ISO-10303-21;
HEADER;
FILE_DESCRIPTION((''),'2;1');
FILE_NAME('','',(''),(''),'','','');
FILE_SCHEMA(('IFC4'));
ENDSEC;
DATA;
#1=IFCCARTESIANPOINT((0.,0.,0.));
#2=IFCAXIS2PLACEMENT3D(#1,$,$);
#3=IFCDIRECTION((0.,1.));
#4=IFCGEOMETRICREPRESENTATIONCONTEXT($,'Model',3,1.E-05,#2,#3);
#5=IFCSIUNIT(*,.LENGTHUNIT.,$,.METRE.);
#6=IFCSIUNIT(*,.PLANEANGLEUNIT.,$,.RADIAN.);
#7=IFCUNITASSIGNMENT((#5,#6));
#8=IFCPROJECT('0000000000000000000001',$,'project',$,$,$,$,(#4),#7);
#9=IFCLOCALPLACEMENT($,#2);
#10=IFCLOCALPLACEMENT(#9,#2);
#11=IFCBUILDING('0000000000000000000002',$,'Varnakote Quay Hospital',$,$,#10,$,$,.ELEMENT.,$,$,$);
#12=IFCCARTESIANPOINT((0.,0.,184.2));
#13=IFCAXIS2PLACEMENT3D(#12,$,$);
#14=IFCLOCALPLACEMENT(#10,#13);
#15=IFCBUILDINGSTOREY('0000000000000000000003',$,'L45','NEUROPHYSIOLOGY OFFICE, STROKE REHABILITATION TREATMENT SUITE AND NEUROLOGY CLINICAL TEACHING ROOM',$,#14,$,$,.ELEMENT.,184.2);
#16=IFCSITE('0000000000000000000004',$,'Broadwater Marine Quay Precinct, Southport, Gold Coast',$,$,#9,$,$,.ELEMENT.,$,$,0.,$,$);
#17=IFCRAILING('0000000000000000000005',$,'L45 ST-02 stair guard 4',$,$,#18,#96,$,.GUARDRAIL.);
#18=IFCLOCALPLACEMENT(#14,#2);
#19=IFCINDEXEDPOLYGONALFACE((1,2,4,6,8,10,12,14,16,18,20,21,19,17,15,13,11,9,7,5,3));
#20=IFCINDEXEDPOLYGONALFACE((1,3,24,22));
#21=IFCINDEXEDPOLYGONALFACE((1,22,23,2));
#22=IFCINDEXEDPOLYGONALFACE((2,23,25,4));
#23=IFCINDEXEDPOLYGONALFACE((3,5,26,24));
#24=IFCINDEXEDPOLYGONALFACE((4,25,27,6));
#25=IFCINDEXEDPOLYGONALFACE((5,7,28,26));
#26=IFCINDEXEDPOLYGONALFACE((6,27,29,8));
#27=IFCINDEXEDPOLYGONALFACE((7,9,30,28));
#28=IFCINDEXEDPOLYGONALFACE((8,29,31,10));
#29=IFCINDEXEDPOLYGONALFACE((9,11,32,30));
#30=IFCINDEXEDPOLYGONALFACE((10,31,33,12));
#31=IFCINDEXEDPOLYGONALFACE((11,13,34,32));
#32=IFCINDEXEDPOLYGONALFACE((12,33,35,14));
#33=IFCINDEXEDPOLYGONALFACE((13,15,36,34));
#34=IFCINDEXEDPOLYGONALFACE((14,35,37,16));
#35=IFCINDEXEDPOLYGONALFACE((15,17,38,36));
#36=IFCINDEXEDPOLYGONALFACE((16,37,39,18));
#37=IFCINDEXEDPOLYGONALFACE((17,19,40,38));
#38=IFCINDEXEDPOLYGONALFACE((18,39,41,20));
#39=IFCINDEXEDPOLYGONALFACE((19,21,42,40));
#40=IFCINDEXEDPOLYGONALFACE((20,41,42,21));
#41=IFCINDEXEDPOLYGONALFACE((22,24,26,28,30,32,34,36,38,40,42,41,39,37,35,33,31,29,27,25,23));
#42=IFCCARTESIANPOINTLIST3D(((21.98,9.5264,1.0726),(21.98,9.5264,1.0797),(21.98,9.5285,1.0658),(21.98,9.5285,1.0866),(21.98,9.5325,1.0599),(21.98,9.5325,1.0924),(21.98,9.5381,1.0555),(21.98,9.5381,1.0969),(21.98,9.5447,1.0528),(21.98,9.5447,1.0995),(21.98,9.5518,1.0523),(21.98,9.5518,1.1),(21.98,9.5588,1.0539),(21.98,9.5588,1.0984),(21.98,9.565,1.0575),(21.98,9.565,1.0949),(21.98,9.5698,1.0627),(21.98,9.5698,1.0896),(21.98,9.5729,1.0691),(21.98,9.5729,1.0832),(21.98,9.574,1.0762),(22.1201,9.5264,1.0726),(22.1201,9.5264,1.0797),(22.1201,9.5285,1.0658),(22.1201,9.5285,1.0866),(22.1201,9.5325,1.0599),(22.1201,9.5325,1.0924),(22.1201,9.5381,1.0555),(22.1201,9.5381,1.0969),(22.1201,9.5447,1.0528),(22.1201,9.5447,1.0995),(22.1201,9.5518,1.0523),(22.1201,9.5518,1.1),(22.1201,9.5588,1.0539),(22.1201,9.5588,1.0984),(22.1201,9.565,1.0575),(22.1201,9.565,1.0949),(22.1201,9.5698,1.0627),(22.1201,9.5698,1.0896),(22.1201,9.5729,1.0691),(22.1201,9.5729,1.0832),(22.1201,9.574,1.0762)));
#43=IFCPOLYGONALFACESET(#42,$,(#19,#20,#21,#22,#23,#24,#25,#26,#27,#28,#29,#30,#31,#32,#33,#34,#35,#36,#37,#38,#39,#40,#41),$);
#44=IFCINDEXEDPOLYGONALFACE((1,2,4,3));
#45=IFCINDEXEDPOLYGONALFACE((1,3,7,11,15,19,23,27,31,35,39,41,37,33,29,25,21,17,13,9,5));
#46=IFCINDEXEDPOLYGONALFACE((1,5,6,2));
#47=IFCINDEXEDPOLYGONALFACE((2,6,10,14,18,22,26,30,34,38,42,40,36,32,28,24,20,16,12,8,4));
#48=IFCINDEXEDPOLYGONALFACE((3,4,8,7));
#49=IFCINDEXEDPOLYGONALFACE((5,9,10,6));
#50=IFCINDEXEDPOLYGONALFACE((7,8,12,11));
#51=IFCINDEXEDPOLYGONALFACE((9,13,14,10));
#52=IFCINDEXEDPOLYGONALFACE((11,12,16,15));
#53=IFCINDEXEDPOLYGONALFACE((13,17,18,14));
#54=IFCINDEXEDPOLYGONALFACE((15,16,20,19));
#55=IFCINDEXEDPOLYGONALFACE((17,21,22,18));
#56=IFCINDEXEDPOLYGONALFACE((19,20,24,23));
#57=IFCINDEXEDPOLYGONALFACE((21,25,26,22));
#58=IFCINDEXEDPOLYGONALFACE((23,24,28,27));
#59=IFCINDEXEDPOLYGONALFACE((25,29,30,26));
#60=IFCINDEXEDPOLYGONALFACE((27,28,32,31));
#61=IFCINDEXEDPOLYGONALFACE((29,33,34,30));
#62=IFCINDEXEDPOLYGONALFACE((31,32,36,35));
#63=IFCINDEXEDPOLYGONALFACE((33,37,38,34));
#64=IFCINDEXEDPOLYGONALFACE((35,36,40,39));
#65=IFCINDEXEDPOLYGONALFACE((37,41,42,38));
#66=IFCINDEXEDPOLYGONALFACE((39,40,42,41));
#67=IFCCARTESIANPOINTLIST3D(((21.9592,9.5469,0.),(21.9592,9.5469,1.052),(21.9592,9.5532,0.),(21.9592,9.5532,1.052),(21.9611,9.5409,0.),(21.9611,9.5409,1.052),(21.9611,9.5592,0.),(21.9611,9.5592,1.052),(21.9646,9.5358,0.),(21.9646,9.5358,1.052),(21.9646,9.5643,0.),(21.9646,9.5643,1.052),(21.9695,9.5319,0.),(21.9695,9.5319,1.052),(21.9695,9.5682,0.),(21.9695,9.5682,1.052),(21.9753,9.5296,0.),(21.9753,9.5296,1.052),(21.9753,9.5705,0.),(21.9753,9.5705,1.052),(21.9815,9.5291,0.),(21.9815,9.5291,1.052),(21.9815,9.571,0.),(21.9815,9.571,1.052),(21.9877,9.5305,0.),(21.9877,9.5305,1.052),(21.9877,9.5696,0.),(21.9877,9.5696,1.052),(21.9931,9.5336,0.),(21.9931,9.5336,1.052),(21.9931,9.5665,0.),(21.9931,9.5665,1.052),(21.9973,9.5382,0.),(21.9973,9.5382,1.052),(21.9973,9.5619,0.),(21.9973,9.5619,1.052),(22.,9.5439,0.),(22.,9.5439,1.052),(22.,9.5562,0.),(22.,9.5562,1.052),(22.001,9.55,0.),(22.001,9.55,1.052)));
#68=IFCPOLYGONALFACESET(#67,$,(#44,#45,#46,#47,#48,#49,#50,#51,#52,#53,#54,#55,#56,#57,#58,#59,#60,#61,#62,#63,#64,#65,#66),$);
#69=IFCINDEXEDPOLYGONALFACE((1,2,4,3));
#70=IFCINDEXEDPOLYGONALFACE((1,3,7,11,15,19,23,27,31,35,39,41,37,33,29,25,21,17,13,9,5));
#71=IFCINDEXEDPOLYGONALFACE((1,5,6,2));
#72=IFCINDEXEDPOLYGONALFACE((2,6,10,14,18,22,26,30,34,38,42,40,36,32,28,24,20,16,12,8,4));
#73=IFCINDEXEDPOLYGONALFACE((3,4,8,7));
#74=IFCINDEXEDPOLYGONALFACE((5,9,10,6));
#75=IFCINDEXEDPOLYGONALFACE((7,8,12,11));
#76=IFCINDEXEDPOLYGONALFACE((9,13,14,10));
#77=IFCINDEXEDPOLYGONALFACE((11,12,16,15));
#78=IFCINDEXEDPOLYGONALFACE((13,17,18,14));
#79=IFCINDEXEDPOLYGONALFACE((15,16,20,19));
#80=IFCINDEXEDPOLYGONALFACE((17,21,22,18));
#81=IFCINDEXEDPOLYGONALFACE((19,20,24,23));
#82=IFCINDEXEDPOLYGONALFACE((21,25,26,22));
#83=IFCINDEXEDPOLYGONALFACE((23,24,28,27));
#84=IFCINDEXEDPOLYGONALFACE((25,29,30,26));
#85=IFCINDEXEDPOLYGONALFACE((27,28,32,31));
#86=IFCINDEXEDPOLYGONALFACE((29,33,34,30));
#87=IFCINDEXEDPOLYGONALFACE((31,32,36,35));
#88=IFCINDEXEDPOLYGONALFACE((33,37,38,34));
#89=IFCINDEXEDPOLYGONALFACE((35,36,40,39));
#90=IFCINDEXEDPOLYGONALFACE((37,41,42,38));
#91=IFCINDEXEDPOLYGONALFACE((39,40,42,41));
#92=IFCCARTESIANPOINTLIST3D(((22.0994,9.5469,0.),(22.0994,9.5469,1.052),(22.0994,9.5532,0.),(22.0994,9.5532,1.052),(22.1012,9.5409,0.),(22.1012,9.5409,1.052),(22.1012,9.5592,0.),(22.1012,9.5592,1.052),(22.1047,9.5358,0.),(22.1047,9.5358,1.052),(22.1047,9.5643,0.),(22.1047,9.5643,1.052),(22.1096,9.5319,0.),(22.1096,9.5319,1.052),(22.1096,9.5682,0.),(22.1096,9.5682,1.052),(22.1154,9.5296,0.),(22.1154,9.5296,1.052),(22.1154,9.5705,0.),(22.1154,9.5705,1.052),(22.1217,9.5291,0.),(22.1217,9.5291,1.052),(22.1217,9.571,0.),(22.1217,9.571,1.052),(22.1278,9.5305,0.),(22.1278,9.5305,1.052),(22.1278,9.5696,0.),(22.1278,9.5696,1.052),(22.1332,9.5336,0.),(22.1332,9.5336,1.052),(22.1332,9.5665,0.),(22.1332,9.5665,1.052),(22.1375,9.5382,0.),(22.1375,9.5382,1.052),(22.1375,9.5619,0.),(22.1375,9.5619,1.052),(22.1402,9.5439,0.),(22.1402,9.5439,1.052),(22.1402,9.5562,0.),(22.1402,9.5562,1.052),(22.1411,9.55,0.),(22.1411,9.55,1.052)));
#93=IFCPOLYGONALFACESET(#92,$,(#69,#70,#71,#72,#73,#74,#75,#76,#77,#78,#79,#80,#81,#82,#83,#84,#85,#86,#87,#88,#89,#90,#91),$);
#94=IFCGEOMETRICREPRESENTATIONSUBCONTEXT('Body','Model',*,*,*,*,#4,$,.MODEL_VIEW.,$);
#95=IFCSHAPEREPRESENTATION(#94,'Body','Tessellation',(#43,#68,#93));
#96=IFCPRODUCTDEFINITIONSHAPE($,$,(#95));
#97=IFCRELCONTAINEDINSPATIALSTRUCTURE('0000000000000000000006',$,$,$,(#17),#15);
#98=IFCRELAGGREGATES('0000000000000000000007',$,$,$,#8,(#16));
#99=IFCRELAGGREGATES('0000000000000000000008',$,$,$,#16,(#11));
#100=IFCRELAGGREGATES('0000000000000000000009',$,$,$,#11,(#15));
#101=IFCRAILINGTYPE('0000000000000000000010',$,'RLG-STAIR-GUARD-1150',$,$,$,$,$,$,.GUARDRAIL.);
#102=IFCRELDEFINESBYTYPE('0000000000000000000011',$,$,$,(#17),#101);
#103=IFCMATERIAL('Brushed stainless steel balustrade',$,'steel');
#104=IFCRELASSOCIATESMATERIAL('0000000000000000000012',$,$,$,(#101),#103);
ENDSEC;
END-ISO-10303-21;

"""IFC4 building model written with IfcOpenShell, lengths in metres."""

from ifc_helpers import new_model, si_unit, direction, frame, origin, origin_2d, place, context, subcontext, project, spatial, circle, extrude, material, type_object, element, save


model = new_model("IFC4")

# Units and contexts
model_context = context("Model", 3, precision=1e-05, world=origin(), true_north=direction((0.0, 1.0)))
body_context = subcontext(model_context, "Body", "Model", "MODEL_VIEW")
ifc_project = project(units=[si_unit("LENGTHUNIT", "METRE"), si_unit("PLANEANGLEUNIT", "RADIAN")], contexts=[model_context])

# Site, building, storey
site_placement = place(None, origin())
site = spatial("IfcSite", under=ifc_project, at=site_placement, Name="Broadwater Marine Quay Precinct, Southport, Gold Coast", CompositionType="ELEMENT", RefElevation=0.0)
building_placement = place(site_placement, origin())
building = spatial("IfcBuilding", under=site, at=building_placement, Name="Varnakote Quay Hospital", CompositionType="ELEMENT")
storey_placement = place(building_placement, frame((0.0, 0.0, 184.2)))
storey = spatial("IfcBuildingStorey", under=building, at=storey_placement, Name="L45", Description="NEUROPHYSIOLOGY OFFICE, STROKE REHABILITATION TREATMENT SUITE AND NEUROLOGY CLINICAL TEACHING ROOM", CompositionType="ELEMENT", Elevation=184.2)

# Railing
ifc_material_1 = material(Name="Brushed stainless steel balustrade", Category="steel")
railing_type_1 = type_object("IfcRailingType", Name="RLG-STAIR-GUARD-1150", PredefinedType="GUARDRAIL", material=ifc_material_1)
railing_1_placement = place(storey_placement, frame((21.98, 9.55, 0.0)))
element("IfcRailing", 1, at=railing_1_placement, inside=storey, type_object=railing_type_1, Name="L45 ST-02 stair guard 4", PredefinedType="GUARDRAIL", context=body_context, shape_type="SweptSolid", body=[
    extrude(circle(Radius=0.0239, at=origin_2d()), frame((0.0, 0.0, 1.0762), z_axis=(1.0, 0.0, 0.0), x_axis=(0.0, 1.0, 0.0)), (0.0, 0.0, 1.0), 0.1401),
    extrude(circle(Radius=0.021, at=origin_2d()), origin(), (0.0, 0.0, 1.0), 1.052),
    extrude(circle(Radius=0.021, at=origin_2d()), frame((0.1401, 0.0, 0.0)), (0.0, 0.0, 1.0), 1.052),
])

save(model, "model.ifc")
